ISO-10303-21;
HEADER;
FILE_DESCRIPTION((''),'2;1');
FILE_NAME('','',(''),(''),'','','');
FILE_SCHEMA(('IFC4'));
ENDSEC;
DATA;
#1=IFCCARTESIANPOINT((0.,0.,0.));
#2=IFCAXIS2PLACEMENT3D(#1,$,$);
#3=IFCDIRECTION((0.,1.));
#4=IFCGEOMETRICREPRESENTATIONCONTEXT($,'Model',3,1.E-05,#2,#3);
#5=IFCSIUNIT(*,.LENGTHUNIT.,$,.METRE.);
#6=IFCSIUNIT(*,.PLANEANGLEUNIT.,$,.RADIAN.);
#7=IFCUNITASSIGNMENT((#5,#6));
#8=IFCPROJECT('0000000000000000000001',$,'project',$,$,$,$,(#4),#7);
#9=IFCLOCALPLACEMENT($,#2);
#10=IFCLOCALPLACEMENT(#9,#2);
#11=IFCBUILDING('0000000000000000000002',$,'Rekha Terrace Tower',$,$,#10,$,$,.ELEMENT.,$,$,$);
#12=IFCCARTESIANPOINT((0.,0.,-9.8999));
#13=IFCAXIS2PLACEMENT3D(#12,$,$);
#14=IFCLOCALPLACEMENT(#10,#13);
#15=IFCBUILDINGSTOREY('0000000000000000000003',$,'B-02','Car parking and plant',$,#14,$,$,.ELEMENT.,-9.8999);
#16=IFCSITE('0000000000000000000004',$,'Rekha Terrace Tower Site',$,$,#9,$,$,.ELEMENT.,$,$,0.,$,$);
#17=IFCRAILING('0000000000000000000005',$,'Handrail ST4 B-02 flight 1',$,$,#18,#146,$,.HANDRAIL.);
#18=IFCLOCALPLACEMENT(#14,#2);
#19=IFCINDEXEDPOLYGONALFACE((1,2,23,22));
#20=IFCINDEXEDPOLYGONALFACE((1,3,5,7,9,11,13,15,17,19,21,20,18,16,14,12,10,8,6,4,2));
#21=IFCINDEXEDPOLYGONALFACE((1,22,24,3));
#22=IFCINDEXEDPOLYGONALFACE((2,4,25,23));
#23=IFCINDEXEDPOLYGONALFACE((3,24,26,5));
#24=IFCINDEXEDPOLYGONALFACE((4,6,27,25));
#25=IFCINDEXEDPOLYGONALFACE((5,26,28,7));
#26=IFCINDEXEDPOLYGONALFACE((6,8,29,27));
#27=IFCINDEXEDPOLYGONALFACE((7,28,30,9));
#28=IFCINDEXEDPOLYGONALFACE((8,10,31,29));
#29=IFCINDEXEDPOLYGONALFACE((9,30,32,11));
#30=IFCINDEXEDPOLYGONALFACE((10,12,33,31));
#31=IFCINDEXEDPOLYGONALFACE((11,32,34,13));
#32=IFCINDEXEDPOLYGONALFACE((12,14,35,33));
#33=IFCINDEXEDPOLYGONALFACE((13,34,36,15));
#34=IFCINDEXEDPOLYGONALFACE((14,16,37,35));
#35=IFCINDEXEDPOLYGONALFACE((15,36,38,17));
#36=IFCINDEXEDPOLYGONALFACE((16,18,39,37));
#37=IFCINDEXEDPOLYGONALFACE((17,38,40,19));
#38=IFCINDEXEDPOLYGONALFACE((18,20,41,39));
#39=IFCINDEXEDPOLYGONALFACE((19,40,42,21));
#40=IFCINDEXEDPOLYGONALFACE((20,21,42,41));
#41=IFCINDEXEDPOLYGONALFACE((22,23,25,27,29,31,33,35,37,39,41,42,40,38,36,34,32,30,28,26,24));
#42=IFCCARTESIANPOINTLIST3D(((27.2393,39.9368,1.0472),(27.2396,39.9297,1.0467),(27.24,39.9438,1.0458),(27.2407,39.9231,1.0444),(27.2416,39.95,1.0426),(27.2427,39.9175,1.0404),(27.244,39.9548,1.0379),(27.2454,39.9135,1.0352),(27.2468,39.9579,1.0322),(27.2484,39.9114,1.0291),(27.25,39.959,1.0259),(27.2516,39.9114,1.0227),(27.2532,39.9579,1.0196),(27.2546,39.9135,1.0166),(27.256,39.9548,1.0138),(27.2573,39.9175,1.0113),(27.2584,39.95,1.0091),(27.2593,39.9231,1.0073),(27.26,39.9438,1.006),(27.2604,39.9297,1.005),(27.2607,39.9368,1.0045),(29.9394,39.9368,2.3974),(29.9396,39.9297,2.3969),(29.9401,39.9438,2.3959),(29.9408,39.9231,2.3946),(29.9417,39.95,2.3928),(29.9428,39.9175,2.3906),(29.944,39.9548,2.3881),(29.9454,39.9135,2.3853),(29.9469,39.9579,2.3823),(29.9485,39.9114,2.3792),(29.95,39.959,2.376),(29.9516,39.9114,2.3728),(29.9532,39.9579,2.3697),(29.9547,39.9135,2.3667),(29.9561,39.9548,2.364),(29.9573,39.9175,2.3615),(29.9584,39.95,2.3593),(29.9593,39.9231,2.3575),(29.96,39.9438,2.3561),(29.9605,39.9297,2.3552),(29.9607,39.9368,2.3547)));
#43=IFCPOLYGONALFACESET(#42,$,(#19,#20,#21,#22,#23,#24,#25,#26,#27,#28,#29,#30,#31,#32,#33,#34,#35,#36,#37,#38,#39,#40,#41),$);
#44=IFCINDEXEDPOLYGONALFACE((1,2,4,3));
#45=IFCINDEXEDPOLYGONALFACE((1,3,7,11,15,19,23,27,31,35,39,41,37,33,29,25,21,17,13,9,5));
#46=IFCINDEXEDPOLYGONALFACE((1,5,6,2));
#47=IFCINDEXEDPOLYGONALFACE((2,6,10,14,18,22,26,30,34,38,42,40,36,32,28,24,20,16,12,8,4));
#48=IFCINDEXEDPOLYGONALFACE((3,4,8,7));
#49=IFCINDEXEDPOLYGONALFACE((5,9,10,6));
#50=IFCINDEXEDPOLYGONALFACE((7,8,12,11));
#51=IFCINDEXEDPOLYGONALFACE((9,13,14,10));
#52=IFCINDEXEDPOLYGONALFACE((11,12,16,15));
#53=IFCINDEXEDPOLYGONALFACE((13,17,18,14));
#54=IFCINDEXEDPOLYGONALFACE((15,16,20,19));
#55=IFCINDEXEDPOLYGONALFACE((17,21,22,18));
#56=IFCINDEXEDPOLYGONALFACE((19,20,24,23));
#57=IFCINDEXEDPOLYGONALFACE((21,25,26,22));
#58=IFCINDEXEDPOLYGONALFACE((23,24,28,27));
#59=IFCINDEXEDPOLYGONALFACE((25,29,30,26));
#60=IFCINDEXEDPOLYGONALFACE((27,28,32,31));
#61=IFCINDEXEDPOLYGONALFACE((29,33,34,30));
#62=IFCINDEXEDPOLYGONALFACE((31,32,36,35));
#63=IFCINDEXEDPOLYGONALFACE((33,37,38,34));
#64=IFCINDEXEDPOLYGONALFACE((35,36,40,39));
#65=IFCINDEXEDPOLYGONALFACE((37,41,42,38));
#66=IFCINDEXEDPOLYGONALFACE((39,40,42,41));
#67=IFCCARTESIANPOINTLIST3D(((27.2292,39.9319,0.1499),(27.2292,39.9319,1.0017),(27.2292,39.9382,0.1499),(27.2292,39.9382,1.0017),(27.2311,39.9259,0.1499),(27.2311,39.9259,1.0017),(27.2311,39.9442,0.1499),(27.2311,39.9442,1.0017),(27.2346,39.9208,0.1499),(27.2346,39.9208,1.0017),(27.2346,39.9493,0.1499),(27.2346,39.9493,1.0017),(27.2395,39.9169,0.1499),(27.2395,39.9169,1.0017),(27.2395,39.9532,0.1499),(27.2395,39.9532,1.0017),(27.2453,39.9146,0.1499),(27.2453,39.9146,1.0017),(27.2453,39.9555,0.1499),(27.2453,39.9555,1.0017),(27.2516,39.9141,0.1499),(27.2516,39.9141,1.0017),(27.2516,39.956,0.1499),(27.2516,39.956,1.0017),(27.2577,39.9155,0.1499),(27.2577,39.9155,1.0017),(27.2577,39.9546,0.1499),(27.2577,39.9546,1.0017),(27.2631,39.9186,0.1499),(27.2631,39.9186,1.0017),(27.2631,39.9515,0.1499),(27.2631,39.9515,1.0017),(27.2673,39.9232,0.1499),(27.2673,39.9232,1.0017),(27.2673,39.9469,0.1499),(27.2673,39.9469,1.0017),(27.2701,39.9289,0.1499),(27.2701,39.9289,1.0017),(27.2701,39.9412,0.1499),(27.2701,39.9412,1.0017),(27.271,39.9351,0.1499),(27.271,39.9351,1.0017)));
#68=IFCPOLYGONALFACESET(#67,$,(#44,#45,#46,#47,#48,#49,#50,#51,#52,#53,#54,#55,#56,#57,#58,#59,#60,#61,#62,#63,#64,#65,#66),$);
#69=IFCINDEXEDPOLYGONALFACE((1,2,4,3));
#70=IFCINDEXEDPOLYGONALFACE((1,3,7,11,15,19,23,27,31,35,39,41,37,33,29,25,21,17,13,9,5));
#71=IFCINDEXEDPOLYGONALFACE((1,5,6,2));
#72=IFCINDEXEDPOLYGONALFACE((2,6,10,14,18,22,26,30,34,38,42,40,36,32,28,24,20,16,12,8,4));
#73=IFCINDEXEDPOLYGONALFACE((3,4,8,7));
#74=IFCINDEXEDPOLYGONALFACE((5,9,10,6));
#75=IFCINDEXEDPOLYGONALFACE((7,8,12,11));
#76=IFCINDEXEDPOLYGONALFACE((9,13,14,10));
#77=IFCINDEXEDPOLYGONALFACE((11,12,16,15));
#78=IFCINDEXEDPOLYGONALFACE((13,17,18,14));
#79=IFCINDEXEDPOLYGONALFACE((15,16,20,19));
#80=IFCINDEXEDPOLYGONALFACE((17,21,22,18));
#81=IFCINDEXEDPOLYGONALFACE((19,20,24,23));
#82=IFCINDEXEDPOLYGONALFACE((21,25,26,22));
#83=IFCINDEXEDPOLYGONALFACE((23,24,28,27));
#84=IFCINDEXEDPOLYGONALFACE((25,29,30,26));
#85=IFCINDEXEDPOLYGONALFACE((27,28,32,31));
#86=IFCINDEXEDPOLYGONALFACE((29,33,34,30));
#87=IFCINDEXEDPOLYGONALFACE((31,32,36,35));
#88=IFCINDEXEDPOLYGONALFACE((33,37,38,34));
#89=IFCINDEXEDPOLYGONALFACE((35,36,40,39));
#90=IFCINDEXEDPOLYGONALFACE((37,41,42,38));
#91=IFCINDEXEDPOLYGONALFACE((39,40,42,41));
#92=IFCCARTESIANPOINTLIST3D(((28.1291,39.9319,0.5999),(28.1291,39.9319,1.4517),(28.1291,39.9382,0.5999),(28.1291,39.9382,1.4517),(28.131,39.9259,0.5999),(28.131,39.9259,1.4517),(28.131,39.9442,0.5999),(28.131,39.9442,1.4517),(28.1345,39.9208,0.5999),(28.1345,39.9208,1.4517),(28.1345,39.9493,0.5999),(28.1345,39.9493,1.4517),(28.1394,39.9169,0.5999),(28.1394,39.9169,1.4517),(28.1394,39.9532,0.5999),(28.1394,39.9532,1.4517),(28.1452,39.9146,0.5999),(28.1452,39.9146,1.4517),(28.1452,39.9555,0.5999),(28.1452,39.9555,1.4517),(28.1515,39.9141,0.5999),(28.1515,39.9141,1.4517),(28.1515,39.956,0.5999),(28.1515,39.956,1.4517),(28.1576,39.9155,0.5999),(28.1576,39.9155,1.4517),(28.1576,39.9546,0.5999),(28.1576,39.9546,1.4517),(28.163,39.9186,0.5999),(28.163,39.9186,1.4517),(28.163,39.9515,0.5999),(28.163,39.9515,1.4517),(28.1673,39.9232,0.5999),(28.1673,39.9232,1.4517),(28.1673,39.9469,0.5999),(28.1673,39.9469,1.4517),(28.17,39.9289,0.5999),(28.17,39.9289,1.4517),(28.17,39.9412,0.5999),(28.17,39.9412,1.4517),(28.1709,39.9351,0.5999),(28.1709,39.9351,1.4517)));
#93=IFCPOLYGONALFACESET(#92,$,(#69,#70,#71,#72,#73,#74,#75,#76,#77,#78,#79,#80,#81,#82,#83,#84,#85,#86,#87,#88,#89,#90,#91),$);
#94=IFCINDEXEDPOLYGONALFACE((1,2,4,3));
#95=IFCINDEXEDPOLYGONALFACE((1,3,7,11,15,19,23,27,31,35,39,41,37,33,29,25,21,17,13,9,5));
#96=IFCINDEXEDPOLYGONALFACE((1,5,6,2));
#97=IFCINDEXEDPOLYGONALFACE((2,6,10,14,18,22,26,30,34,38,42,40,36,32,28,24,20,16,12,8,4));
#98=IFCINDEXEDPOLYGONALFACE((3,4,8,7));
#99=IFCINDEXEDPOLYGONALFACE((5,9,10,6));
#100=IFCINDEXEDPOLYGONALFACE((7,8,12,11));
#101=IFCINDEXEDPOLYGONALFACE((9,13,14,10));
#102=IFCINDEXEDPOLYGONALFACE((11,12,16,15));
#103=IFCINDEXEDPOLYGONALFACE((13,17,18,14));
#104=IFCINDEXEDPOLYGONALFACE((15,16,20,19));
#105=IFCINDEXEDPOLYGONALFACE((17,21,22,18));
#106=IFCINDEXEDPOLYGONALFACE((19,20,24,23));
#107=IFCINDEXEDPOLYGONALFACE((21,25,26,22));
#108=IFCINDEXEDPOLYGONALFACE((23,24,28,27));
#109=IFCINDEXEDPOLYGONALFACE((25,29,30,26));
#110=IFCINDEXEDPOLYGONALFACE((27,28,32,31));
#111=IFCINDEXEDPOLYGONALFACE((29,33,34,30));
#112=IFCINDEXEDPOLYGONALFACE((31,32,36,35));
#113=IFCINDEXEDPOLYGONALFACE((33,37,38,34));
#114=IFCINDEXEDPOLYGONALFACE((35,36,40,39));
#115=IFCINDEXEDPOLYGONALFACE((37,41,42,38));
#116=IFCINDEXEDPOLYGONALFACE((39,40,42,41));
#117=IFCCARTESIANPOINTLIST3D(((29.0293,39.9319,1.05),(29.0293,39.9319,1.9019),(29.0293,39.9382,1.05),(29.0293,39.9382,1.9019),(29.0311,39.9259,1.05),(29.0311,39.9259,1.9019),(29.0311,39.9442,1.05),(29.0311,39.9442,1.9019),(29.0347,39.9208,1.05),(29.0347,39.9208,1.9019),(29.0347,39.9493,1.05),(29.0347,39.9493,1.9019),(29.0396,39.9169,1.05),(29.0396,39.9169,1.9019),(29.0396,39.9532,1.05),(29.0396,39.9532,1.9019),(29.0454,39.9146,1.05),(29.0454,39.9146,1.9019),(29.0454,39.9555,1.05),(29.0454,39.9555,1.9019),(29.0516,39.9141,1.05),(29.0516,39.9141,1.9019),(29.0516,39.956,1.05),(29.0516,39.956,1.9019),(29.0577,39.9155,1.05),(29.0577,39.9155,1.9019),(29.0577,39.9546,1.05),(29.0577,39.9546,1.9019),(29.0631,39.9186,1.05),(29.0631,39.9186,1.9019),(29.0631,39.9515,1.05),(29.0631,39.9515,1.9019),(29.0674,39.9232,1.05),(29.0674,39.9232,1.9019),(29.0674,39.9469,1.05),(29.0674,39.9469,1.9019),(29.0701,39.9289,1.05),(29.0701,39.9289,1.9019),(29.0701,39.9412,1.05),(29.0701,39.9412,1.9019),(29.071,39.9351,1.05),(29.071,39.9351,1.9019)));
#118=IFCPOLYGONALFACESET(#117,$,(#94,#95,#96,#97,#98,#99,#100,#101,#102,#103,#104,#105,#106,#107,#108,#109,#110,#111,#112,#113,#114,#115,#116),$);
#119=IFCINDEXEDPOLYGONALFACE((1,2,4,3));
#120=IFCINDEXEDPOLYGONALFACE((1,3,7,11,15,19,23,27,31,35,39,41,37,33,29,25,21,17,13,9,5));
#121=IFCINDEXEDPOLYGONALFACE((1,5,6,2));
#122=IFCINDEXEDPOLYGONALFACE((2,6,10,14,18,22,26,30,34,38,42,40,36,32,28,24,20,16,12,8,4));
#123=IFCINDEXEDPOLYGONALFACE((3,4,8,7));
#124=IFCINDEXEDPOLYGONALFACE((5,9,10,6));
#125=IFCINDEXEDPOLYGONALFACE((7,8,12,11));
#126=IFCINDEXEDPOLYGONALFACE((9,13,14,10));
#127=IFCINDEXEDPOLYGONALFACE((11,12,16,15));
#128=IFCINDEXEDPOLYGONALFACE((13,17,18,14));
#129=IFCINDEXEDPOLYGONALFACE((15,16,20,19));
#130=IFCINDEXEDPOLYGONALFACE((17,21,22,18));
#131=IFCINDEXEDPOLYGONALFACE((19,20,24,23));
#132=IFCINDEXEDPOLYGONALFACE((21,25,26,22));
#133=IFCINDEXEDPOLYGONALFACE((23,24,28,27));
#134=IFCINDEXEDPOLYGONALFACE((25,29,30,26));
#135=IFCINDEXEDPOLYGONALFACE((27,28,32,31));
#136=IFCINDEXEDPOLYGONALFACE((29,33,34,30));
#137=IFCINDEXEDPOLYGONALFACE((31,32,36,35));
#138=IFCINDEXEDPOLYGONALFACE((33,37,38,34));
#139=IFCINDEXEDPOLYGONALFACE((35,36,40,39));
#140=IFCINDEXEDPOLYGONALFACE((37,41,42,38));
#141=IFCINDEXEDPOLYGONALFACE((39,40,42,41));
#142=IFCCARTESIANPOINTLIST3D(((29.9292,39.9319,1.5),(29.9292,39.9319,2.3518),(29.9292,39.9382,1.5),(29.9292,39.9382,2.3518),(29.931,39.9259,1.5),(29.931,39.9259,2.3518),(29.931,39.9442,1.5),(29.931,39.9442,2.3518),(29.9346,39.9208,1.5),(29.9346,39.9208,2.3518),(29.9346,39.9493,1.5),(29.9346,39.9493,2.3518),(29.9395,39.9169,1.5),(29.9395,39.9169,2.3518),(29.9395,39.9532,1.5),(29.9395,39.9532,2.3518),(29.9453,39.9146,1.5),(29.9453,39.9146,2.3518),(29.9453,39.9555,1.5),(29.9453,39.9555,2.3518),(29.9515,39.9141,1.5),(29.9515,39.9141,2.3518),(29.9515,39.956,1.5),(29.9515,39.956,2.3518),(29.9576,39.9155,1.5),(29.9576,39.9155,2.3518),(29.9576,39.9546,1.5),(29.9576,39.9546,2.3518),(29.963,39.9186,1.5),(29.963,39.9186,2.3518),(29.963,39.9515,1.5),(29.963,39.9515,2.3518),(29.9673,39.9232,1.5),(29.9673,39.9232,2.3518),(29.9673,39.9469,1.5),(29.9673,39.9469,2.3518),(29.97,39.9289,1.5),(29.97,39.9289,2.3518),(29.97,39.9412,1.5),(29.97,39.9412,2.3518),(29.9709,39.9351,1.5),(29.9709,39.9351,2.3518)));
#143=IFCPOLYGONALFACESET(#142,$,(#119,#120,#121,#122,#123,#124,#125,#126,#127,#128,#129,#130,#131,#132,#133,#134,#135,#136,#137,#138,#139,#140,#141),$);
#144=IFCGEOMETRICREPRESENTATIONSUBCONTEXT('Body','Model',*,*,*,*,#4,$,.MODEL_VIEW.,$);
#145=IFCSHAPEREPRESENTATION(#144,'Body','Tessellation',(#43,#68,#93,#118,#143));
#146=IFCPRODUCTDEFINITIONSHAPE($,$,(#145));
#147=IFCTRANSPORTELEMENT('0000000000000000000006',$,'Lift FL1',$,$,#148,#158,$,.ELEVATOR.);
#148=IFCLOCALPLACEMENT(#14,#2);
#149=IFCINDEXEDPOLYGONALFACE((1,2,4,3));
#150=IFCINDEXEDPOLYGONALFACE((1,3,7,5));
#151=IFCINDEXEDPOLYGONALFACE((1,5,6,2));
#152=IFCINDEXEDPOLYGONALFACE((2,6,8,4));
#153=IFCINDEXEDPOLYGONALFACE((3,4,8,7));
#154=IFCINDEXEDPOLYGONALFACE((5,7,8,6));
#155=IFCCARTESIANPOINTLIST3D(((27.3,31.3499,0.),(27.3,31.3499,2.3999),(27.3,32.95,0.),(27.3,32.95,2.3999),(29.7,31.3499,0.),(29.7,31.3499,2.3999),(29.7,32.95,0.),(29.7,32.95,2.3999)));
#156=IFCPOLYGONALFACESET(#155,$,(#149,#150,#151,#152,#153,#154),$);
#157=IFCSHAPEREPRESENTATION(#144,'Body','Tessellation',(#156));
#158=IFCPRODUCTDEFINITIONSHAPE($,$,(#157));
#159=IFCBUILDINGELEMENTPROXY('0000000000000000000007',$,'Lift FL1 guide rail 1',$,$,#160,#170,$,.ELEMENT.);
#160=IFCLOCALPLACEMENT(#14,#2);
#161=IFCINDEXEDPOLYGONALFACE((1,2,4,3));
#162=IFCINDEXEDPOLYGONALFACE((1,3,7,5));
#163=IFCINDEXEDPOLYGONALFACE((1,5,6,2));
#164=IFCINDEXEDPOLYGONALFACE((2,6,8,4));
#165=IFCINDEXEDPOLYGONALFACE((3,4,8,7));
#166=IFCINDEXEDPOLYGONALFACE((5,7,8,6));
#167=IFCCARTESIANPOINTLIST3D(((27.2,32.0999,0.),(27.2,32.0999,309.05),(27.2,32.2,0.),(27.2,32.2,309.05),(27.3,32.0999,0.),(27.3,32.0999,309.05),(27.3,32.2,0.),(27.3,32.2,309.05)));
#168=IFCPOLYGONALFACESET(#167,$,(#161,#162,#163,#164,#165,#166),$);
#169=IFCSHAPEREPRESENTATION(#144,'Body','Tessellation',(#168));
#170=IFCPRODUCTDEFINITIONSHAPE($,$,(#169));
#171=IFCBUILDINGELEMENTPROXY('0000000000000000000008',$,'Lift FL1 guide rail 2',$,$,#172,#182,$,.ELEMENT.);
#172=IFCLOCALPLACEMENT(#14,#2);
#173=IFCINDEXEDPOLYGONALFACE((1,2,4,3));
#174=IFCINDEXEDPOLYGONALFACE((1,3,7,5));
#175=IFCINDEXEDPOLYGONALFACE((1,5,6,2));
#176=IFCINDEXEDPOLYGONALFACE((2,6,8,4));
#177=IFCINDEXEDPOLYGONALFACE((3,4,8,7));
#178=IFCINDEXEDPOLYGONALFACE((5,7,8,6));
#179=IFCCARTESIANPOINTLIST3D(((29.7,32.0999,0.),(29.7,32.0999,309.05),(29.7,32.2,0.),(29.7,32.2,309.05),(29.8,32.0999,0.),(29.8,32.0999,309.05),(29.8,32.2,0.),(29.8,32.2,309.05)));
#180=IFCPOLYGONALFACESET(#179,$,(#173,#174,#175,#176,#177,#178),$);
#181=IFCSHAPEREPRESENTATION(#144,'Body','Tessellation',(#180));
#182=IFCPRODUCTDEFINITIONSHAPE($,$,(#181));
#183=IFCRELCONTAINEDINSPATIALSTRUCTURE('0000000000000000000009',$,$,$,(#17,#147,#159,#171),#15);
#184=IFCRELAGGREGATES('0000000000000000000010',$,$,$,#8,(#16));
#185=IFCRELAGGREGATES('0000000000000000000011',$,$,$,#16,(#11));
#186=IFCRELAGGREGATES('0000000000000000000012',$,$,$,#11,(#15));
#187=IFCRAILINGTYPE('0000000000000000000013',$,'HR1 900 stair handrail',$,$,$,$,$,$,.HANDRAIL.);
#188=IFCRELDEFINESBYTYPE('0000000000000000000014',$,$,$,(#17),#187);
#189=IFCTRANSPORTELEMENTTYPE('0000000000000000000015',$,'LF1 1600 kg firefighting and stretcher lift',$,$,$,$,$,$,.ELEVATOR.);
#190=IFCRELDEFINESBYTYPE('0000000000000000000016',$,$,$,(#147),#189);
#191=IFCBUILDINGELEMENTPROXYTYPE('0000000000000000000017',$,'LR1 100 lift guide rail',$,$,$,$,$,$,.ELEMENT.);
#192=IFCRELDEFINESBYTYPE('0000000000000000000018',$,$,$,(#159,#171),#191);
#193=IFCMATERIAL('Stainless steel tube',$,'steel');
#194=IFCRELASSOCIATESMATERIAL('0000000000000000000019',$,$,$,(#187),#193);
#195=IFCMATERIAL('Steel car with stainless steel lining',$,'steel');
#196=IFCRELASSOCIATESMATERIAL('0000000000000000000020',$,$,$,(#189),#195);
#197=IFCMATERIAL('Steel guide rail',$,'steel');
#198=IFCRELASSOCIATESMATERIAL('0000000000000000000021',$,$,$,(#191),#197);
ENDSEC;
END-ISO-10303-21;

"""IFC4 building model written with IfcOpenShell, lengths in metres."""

from ifc_helpers import new_model, si_unit, direction, frame, origin, origin_2d, place, context, subcontext, project, spatial, rectangle, circle, extrude, material, type_object, element, save


model = new_model("IFC4")

# Units and contexts
model_context = context("Model", 3, precision=1e-05, world=origin(), true_north=direction((0.0, 1.0)))
body_context = subcontext(model_context, "Body", "Model", "MODEL_VIEW")
ifc_project = project(units=[si_unit("LENGTHUNIT", "METRE"), si_unit("PLANEANGLEUNIT", "RADIAN")], contexts=[model_context])

# Site, building, storey
site_placement = place(None, origin())
site = spatial("IfcSite", under=ifc_project, at=site_placement, Name="Rekha Terrace Tower Site", CompositionType="ELEMENT", RefElevation=0.0)
building_placement = place(site_placement, origin())
building = spatial("IfcBuilding", under=site, at=building_placement, Name="Rekha Terrace Tower", CompositionType="ELEMENT")
storey_placement = place(building_placement, frame((0.0, 0.0, -9.8999)))
storey = spatial("IfcBuildingStorey", under=building, at=storey_placement, Name="B-02", Description="Car parking and plant", CompositionType="ELEMENT", Elevation=-9.8999)

# Railing
ifc_material_1 = material(Name="Stainless steel tube", Category="steel")
railing_type_1 = type_object("IfcRailingType", Name="HR1 900 stair handrail", PredefinedType="HANDRAIL", material=ifc_material_1)
railing_1_placement = place(storey_placement, frame((27.25, 39.9351, 0.1499)))
element("IfcRailing", 1, at=railing_1_placement, inside=storey, type_object=railing_type_1, Name="Handrail ST4 B-02 flight 1", PredefinedType="HANDRAIL", context=body_context, shape_type="SweptSolid", body=[
    extrude(circle(Radius=0.0239, at=origin_2d()), frame((0.0, 0.0, 0.876), z_axis=(0.894411, 0.0, 0.447246), x_axis=(0.0, 1.0, 0.0)), (0.0, 0.0, 1.0), 3.0188),
    extrude(circle(Radius=0.021, at=origin_2d()), origin(), (0.0, 0.0, 1.0), 0.8518),
    extrude(circle(Radius=0.021, at=origin_2d()), frame((0.8999, 0.0, 0.45)), (0.0, 0.0, 1.0), 0.8518),
    extrude(circle(Radius=0.021, at=origin_2d()), frame((1.8, 0.0, 0.9001)), (0.0, 0.0, 1.0), 0.8518),
    extrude(circle(Radius=0.021, at=origin_2d()), frame((2.7, 0.0, 1.3501)), (0.0, 0.0, 1.0), 0.8518),
])

# Transport element
ifc_material_2 = material(Name="Steel car with stainless steel lining", Category="steel")
transport_element_type = type_object("IfcTransportElementType", Name="LF1 1600 kg firefighting and stretcher lift", PredefinedType="ELEVATOR", material=ifc_material_2)
transport_element_placement = place(storey_placement, frame((28.5, 32.1499, 0.0), z_axis=(0.0, 0.0, 1.0), x_axis=(1.0, 0.0, 0.0)))
element("IfcTransportElement", 2, at=transport_element_placement, inside=storey, type_object=transport_element_type, Name="Lift FL1", PredefinedType="ELEVATOR", context=body_context, shape_type="SweptSolid", body=[
    extrude(rectangle(XDim=2.3999, YDim=1.6001, at=origin_2d()), origin(), (0.0, 0.0, 1.0), 2.3999),
])

# Building element proxies
ifc_material_3 = material(Name="Steel guide rail", Category="steel")
building_element_proxy_type = type_object("IfcBuildingElementProxyType", Name="LR1 100 lift guide rail", PredefinedType="ELEMENT", material=ifc_material_3)
for number, where, z_axis, x_axis, name in (
    (3, (27.25, 32.1499, 0.0), (0.0, 0.0, 1.0), (1.0, 0.0, 0.0), "Lift FL1 guide rail 1"),
    (4, (29.75, 32.1499, 0.0), (0.0, 0.0, 1.0), (1.0, 0.0, 0.0), "Lift FL1 guide rail 2"),
):
    element("IfcBuildingElementProxy", number, at=place(storey_placement, frame(where, z_axis=z_axis, x_axis=x_axis)), inside=storey, type_object=building_element_proxy_type, Name=name, PredefinedType="ELEMENT", context=body_context, shape_type="SweptSolid", body=[
        extrude(rectangle(XDim=0.1001, YDim=0.1001, at=origin_2d()), origin(), (0.0, 0.0, 1.0), 309.05),
    ])

save(model, "model.ifc")
